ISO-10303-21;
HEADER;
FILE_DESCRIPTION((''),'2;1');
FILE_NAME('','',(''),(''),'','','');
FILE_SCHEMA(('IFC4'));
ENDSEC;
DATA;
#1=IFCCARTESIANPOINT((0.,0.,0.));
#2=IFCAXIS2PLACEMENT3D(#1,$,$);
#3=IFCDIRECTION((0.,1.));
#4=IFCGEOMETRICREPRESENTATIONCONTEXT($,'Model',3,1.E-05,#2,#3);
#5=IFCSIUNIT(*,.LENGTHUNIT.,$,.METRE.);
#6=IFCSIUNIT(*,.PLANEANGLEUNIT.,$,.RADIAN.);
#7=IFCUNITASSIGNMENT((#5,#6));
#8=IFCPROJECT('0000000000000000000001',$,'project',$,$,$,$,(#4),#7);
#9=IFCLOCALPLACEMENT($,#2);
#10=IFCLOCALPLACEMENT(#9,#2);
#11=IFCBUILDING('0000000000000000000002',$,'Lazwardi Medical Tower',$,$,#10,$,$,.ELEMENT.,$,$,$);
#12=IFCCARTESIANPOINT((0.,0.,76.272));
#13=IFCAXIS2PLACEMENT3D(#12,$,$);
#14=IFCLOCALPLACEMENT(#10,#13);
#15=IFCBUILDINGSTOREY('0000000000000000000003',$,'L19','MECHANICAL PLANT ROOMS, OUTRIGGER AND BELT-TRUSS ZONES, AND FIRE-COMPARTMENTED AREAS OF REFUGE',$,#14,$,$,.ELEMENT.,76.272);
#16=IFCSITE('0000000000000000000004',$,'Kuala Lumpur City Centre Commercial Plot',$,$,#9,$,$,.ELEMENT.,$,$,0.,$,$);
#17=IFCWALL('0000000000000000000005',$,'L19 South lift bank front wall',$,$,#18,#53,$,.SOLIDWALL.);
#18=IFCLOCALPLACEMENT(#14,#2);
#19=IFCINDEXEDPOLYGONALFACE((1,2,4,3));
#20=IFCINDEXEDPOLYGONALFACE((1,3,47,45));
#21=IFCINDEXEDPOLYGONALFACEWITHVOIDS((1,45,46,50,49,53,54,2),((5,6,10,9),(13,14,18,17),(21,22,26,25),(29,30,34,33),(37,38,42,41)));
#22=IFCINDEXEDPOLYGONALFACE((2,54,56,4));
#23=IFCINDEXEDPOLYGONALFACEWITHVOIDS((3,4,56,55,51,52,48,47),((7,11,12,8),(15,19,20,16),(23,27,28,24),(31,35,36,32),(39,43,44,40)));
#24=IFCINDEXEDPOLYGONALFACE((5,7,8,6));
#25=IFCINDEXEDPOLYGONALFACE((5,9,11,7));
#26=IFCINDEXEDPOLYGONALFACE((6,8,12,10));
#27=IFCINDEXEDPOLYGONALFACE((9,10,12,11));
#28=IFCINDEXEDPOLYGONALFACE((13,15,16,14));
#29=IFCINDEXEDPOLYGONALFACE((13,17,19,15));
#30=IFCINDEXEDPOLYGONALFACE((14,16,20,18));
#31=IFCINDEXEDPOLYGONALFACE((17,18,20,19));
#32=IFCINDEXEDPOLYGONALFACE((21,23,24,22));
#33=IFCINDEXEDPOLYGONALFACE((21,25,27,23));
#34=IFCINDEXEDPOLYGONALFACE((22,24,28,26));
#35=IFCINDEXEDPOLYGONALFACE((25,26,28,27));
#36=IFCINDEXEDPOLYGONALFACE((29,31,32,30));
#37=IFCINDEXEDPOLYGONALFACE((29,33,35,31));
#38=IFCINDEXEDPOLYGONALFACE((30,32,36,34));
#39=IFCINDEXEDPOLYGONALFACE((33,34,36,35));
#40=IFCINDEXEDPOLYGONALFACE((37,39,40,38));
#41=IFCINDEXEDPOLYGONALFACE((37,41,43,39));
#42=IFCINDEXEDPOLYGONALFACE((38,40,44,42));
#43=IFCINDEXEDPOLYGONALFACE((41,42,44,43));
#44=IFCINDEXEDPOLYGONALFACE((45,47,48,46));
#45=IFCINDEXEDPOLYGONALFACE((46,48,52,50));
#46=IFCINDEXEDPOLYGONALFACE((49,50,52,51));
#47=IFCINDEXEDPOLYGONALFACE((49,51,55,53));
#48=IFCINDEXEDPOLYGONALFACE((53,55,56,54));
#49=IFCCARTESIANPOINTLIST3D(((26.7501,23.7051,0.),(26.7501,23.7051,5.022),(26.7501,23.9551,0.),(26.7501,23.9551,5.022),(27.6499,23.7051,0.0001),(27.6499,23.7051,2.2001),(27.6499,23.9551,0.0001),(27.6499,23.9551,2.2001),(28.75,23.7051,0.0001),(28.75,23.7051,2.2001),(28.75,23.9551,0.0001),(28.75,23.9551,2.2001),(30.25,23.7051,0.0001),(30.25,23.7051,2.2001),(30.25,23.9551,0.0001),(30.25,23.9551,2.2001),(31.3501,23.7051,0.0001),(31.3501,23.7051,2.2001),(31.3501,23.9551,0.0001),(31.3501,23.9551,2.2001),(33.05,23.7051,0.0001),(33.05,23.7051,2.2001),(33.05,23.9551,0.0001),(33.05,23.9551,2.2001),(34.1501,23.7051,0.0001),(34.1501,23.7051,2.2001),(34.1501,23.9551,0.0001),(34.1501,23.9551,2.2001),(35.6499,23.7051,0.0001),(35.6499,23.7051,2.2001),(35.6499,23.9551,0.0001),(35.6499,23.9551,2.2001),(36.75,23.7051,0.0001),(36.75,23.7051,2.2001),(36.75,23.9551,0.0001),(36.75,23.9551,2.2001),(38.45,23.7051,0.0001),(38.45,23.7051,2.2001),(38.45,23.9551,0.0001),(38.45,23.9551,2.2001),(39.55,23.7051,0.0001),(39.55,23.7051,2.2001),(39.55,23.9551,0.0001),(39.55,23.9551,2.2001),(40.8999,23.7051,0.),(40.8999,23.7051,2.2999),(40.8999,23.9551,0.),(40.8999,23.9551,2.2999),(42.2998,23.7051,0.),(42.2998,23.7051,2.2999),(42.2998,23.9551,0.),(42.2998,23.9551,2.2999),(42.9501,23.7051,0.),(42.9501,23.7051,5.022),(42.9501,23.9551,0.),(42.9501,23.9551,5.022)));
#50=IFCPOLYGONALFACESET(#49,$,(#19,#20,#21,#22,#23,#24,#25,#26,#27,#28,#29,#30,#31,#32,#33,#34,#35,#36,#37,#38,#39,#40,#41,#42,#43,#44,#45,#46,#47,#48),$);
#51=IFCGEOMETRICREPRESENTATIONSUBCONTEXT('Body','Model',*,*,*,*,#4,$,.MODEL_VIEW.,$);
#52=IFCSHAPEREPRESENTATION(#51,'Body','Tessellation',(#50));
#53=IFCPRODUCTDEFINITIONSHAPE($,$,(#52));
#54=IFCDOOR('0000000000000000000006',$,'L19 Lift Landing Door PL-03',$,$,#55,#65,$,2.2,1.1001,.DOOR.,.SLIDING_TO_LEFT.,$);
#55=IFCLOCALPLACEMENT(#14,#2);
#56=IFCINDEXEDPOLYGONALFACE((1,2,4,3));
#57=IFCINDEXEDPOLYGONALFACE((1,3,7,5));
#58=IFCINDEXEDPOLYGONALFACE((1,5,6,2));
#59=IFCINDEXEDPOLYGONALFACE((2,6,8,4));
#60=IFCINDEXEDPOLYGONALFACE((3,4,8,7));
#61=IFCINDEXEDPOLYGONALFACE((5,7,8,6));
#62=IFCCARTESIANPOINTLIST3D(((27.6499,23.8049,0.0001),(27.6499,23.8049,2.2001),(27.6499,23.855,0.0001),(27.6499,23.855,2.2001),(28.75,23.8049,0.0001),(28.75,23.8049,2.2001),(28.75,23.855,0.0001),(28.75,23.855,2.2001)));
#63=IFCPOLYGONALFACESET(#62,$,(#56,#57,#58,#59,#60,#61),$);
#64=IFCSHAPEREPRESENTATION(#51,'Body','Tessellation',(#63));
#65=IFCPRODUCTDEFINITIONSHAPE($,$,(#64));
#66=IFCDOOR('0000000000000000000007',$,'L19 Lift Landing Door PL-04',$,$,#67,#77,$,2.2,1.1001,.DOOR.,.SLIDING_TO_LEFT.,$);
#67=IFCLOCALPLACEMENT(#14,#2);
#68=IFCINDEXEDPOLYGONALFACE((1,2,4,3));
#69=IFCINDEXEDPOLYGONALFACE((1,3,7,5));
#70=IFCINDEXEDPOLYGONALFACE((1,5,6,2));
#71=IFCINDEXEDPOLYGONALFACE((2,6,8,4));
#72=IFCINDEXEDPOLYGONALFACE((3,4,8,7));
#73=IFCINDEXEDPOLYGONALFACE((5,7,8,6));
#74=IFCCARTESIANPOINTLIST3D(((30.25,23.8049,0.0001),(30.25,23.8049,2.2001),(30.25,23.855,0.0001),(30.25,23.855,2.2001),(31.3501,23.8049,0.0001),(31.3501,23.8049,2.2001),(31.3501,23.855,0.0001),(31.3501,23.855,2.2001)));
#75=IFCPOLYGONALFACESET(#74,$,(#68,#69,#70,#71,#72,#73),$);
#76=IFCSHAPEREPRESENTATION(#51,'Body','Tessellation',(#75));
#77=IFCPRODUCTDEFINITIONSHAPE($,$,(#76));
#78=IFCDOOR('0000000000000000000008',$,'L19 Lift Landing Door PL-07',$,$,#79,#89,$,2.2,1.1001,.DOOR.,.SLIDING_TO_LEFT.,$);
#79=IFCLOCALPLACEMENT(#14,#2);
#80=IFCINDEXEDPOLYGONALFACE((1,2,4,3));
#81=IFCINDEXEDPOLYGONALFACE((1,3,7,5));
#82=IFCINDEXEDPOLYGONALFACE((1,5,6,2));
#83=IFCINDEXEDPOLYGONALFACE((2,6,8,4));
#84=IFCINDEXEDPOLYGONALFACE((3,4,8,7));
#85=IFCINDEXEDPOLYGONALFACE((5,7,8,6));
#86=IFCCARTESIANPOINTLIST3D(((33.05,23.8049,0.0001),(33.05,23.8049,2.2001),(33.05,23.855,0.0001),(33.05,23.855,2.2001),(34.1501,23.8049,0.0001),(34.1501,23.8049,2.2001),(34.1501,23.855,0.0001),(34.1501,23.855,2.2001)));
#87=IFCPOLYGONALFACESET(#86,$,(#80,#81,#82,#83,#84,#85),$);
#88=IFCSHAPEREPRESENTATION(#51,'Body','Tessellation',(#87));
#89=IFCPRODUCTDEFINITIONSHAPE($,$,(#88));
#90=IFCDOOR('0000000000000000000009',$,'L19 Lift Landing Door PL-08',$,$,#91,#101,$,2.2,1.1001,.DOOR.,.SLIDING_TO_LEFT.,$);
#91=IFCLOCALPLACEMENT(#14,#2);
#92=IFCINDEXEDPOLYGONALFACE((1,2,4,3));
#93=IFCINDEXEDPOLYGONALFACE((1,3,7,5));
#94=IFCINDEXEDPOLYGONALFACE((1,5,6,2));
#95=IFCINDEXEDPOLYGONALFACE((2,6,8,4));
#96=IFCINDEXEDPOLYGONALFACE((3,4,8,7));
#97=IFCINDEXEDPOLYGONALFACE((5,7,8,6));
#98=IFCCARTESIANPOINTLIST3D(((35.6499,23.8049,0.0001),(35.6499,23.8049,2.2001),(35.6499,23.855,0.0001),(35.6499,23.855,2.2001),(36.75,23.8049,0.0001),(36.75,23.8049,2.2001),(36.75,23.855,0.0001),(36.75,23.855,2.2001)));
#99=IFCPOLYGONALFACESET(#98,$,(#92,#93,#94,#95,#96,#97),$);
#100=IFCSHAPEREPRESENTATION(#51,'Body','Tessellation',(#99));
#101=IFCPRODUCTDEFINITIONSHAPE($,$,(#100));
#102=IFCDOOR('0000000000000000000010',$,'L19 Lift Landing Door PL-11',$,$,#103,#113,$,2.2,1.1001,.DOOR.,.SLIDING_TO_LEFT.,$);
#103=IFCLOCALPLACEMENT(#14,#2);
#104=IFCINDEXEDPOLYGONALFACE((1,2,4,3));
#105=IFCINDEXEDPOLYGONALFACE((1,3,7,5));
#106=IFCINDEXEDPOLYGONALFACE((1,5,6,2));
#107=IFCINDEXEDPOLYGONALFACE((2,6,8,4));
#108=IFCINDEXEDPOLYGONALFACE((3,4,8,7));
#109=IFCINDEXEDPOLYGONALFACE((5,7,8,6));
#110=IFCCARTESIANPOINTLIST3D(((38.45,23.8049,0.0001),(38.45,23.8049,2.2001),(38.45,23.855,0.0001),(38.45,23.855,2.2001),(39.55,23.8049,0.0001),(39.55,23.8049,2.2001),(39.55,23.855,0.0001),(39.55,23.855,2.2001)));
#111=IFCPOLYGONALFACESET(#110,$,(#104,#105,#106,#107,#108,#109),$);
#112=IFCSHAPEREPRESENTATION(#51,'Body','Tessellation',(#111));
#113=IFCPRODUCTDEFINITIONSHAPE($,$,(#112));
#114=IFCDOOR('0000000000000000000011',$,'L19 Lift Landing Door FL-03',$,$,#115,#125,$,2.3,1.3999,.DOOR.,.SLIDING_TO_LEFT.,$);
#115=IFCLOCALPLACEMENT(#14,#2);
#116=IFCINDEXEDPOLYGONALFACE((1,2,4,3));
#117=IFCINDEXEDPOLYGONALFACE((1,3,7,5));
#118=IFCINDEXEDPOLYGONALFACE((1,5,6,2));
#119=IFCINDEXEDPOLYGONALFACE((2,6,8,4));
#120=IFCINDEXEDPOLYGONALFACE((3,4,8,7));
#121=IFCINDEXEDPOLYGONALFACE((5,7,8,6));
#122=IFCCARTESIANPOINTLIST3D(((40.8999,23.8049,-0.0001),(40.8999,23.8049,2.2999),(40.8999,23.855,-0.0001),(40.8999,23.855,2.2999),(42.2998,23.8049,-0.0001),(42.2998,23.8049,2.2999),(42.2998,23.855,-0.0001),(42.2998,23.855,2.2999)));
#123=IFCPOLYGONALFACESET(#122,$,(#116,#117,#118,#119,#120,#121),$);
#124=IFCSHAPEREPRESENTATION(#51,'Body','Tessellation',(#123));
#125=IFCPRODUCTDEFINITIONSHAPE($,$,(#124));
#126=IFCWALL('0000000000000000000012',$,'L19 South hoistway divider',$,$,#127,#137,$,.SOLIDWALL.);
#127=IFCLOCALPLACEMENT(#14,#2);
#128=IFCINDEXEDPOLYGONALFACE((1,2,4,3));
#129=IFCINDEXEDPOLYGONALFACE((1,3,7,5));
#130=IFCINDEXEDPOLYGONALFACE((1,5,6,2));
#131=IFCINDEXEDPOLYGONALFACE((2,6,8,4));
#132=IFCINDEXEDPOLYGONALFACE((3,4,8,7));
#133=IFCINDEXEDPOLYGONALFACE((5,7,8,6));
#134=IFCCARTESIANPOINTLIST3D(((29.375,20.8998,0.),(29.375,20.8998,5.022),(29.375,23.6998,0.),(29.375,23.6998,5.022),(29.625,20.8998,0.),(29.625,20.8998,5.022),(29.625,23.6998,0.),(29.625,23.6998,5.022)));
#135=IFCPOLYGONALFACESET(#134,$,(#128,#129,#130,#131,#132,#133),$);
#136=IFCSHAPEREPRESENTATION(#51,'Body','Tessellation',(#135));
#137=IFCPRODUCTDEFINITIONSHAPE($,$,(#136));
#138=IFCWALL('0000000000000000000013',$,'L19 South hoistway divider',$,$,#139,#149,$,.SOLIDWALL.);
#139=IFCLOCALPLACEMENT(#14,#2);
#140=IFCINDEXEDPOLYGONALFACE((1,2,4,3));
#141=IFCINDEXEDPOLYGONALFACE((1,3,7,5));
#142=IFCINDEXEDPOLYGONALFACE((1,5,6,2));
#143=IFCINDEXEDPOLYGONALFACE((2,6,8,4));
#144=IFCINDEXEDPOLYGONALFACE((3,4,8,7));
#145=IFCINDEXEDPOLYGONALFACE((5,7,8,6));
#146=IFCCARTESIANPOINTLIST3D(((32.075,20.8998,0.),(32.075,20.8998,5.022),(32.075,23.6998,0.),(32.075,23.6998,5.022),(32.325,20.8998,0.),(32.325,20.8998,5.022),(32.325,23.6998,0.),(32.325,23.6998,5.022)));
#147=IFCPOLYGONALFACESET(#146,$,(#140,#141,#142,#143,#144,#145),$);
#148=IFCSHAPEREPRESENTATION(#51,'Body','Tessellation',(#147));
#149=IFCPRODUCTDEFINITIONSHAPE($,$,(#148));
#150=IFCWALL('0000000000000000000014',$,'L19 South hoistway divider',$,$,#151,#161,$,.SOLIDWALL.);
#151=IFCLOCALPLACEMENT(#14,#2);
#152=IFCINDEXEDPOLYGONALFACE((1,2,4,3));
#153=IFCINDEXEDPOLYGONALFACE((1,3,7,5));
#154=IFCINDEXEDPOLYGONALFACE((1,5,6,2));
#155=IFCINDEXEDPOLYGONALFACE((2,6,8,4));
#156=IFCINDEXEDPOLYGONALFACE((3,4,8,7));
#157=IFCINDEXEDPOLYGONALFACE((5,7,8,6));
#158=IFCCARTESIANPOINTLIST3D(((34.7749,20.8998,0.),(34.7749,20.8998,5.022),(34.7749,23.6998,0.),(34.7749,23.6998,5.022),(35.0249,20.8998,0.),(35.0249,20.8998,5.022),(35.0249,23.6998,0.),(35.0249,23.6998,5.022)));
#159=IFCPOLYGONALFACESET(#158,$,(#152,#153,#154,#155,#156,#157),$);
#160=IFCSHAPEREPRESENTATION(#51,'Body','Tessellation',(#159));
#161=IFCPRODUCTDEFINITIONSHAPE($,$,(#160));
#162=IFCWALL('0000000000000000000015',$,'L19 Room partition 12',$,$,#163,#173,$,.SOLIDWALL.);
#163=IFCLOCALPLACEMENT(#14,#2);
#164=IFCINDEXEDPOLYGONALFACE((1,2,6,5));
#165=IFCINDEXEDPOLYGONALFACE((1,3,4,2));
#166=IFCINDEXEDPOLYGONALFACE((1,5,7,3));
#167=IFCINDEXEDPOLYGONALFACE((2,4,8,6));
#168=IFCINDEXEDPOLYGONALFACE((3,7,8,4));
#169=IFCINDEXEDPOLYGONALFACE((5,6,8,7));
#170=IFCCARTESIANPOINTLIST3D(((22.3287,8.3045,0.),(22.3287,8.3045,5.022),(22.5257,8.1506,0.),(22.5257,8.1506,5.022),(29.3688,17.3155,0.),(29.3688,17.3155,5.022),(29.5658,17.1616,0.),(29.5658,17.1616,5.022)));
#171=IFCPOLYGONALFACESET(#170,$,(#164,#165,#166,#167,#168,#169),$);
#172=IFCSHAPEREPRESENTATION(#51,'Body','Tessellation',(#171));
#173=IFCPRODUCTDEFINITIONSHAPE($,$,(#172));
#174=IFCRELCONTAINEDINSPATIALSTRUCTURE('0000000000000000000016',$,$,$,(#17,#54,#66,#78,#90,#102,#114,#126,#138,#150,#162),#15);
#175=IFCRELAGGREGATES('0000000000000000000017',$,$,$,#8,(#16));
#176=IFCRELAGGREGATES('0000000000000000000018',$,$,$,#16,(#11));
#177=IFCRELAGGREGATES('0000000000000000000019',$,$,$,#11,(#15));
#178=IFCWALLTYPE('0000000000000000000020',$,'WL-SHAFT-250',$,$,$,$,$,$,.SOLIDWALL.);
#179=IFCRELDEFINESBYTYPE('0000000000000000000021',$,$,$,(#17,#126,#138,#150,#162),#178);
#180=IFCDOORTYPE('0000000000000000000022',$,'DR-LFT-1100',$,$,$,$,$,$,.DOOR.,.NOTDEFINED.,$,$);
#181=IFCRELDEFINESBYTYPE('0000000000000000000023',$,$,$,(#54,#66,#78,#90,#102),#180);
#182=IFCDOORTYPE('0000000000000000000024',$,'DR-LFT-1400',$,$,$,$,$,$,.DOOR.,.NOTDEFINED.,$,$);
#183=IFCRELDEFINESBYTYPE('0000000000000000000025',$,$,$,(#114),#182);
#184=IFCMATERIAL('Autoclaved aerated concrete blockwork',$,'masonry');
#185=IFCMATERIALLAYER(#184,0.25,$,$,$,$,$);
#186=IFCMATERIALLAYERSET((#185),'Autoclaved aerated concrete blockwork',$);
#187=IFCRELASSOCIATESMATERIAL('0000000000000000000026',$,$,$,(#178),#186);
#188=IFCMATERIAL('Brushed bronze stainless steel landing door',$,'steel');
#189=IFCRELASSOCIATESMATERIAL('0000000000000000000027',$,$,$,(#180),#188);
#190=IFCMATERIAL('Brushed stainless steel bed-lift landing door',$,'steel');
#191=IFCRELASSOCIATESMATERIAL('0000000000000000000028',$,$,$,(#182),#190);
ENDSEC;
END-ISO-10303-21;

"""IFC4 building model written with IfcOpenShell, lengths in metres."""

from ifc_helpers import new_model, si_unit, direction, frame, frame_2d, origin, place, context, subcontext, project, spatial, rectangle, extrude, material, layer, layer_set, type_object, element, fill, save


model = new_model("IFC4")

# Units and contexts
model_context = context("Model", 3, precision=1e-05, world=origin(), true_north=direction((0.0, 1.0)))
body_context = subcontext(model_context, "Body", "Model", "MODEL_VIEW")
ifc_project = project(units=[si_unit("LENGTHUNIT", "METRE"), si_unit("PLANEANGLEUNIT", "RADIAN")], contexts=[model_context])

# Site, building, storey
site_placement = place(None, origin())
site = spatial("IfcSite", under=ifc_project, at=site_placement, Name="Kuala Lumpur City Centre Commercial Plot", CompositionType="ELEMENT", RefElevation=0.0)
building_placement = place(site_placement, origin())
building = spatial("IfcBuilding", under=site, at=building_placement, Name="Lazwardi Medical Tower", CompositionType="ELEMENT")
storey_placement = place(building_placement, frame((0.0, 0.0, 76.272)))
storey = spatial("IfcBuildingStorey", under=building, at=storey_placement, Name="L19", Description="MECHANICAL PLANT ROOMS, OUTRIGGER AND BELT-TRUSS ZONES, AND FIRE-COMPARTMENTED AREAS OF REFUGE", CompositionType="ELEMENT", Elevation=76.272)

# Wall, openings, doors
ifc_material_1 = material(Name="Autoclaved aerated concrete blockwork", Category="masonry")
ifc_layer_1 = layer(ifc_material_1, 0.25)
ifc_layer_set_1 = layer_set([ifc_layer_1], Name="Autoclaved aerated concrete blockwork")
wall_type_1 = type_object("IfcWallType", Name="WL-SHAFT-250", PredefinedType="SOLIDWALL", material=ifc_layer_set_1)
wall_1_placement = place(storey_placement, frame((26.75, 23.8301, 0.0), z_axis=(0.0, 0.0, 1.0), x_axis=(1.0, 0.0, 0.0)))
wall_1 = element("IfcWall", 1, at=wall_1_placement, inside=storey, type_object=wall_type_1, Name="L19 South lift bank front wall", PredefinedType="SOLIDWALL", context=body_context, shape_type="SweptSolid", body=[
    extrude(rectangle(XDim=16.2, YDim=0.25, at=frame_2d((8.1001, 0.0))), origin(), (0.0, 0.0, 1.0), 5.022),
])
opening_1_placement = place(wall_1_placement, frame((0.8999, 0.0, 0.0)))
opening_1 = element("IfcOpeningElement", 2, at=opening_1_placement, cuts=wall_1, PredefinedType="OPENING", context=body_context, shape_type="SweptSolid", body=[
    extrude(rectangle(XDim=1.1001, YDim=2.2, at=frame_2d((0.55, 1.1001))), frame((0.0, 0.135, 0.0), z_axis=(0.0, -1.0, 0.0), x_axis=(1.0, 0.0, 0.0)), (0.0, 0.0, 1.0), 0.27),
])
opening_2_placement = place(wall_1_placement, frame((3.5, 0.0, 0.0)))
opening_2 = element("IfcOpeningElement", 3, at=opening_2_placement, cuts=wall_1, PredefinedType="OPENING", context=body_context, shape_type="SweptSolid", body=[
    extrude(rectangle(XDim=1.1001, YDim=2.2, at=frame_2d((0.55, 1.1001))), frame((0.0, 0.135, 0.0), z_axis=(0.0, -1.0, 0.0), x_axis=(1.0, 0.0, 0.0)), (0.0, 0.0, 1.0), 0.27),
])
opening_3_placement = place(wall_1_placement, frame((6.3, 0.0, 0.0)))
opening_3 = element("IfcOpeningElement", 4, at=opening_3_placement, cuts=wall_1, PredefinedType="OPENING", context=body_context, shape_type="SweptSolid", body=[
    extrude(rectangle(XDim=1.1001, YDim=2.2, at=frame_2d((0.55, 1.1001))), frame((0.0, 0.135, 0.0), z_axis=(0.0, -1.0, 0.0), x_axis=(1.0, 0.0, 0.0)), (0.0, 0.0, 1.0), 0.27),
])
opening_4_placement = place(wall_1_placement, frame((8.8999, 0.0, 0.0)))
opening_4 = element("IfcOpeningElement", 5, at=opening_4_placement, cuts=wall_1, PredefinedType="OPENING", context=body_context, shape_type="SweptSolid", body=[
    extrude(rectangle(XDim=1.1001, YDim=2.2, at=frame_2d((0.55, 1.1001))), frame((0.0, 0.135, 0.0), z_axis=(0.0, -1.0, 0.0), x_axis=(1.0, 0.0, 0.0)), (0.0, 0.0, 1.0), 0.27),
])
opening_5_placement = place(wall_1_placement, frame((11.7, 0.0, 0.0)))
opening_5 = element("IfcOpeningElement", 6, at=opening_5_placement, cuts=wall_1, PredefinedType="OPENING", context=body_context, shape_type="SweptSolid", body=[
    extrude(rectangle(XDim=1.1001, YDim=2.2, at=frame_2d((0.55, 1.1001))), frame((0.0, 0.135, 0.0), z_axis=(0.0, -1.0, 0.0), x_axis=(1.0, 0.0, 0.0)), (0.0, 0.0, 1.0), 0.27),
])
opening_6_placement = place(wall_1_placement, frame((14.1499, 0.0, 0.0)))
opening_6 = element("IfcOpeningElement", 7, at=opening_6_placement, cuts=wall_1, PredefinedType="OPENING", context=body_context, shape_type="SweptSolid", body=[
    extrude(rectangle(XDim=1.3999, YDim=2.3, at=frame_2d((0.7, 1.1499))), frame((0.0, 0.135, 0.0), z_axis=(0.0, -1.0, 0.0), x_axis=(1.0, 0.0, 0.0)), (0.0, 0.0, 1.0), 0.27),
])
ifc_material_2 = material(Name="Brushed bronze stainless steel landing door", Category="steel")
door_type_1 = type_object("IfcDoorType", Name="DR-LFT-1100", OperationType="NOTDEFINED", PredefinedType="DOOR", material=ifc_material_2)
door_1_placement = place(opening_1_placement, origin())
door_1 = element("IfcDoor", 8, at=door_1_placement, inside=storey, type_object=door_type_1, Name="L19 Lift Landing Door PL-03", OperationType="SLIDING_TO_LEFT", OverallHeight=2.2, OverallWidth=1.1001, PredefinedType="DOOR", context=body_context, shape_type="SweptSolid", body=[
    extrude(rectangle(XDim=1.1001, YDim=2.2, at=frame_2d((0.55, 1.1001))), frame((0.0, 0.0249, 0.0), z_axis=(0.0, -1.0, 0.0), x_axis=(1.0, 0.0, 0.0)), (0.0, 0.0, 1.0), 0.05),
])
fill(opening_1, door_1)
door_2_placement = place(opening_2_placement, origin())
door_2 = element("IfcDoor", 9, at=door_2_placement, inside=storey, type_object=door_type_1, Name="L19 Lift Landing Door PL-04", OperationType="SLIDING_TO_LEFT", OverallHeight=2.2, OverallWidth=1.1001, PredefinedType="DOOR", context=body_context, shape_type="SweptSolid", body=[
    extrude(rectangle(XDim=1.1001, YDim=2.2, at=frame_2d((0.55, 1.1001))), frame((0.0, 0.0249, 0.0), z_axis=(0.0, -1.0, 0.0), x_axis=(1.0, 0.0, 0.0)), (0.0, 0.0, 1.0), 0.05),
])
fill(opening_2, door_2)
door_3_placement = place(opening_3_placement, origin())
door_3 = element("IfcDoor", 10, at=door_3_placement, inside=storey, type_object=door_type_1, Name="L19 Lift Landing Door PL-07", OperationType="SLIDING_TO_LEFT", OverallHeight=2.2, OverallWidth=1.1001, PredefinedType="DOOR", context=body_context, shape_type="SweptSolid", body=[
    extrude(rectangle(XDim=1.1001, YDim=2.2, at=frame_2d((0.55, 1.1001))), frame((0.0, 0.0249, 0.0), z_axis=(0.0, -1.0, 0.0), x_axis=(1.0, 0.0, 0.0)), (0.0, 0.0, 1.0), 0.05),
])
fill(opening_3, door_3)
door_4_placement = place(opening_4_placement, origin())
door_4 = element("IfcDoor", 11, at=door_4_placement, inside=storey, type_object=door_type_1, Name="L19 Lift Landing Door PL-08", OperationType="SLIDING_TO_LEFT", OverallHeight=2.2, OverallWidth=1.1001, PredefinedType="DOOR", context=body_context, shape_type="SweptSolid", body=[
    extrude(rectangle(XDim=1.1001, YDim=2.2, at=frame_2d((0.55, 1.1001))), frame((0.0, 0.0249, 0.0), z_axis=(0.0, -1.0, 0.0), x_axis=(1.0, 0.0, 0.0)), (0.0, 0.0, 1.0), 0.05),
])
fill(opening_4, door_4)
door_5_placement = place(opening_5_placement, origin())
door_5 = element("IfcDoor", 12, at=door_5_placement, inside=storey, type_object=door_type_1, Name="L19 Lift Landing Door PL-11", OperationType="SLIDING_TO_LEFT", OverallHeight=2.2, OverallWidth=1.1001, PredefinedType="DOOR", context=body_context, shape_type="SweptSolid", body=[
    extrude(rectangle(XDim=1.1001, YDim=2.2, at=frame_2d((0.55, 1.1001))), frame((0.0, 0.0249, 0.0), z_axis=(0.0, -1.0, 0.0), x_axis=(1.0, 0.0, 0.0)), (0.0, 0.0, 1.0), 0.05),
])
fill(opening_5, door_5)
ifc_material_3 = material(Name="Brushed stainless steel bed-lift landing door", Category="steel")
door_type_2 = type_object("IfcDoorType", Name="DR-LFT-1400", OperationType="NOTDEFINED", PredefinedType="DOOR", material=ifc_material_3)
door_6_placement = place(opening_6_placement, origin())
door_6 = element("IfcDoor", 13, at=door_6_placement, inside=storey, type_object=door_type_2, Name="L19 Lift Landing Door FL-03", OperationType="SLIDING_TO_LEFT", OverallHeight=2.3, OverallWidth=1.3999, PredefinedType="DOOR", context=body_context, shape_type="SweptSolid", body=[
    extrude(rectangle(XDim=1.3999, YDim=2.3, at=frame_2d((0.7, 1.1499))), frame((0.0, 0.0249, 0.0), z_axis=(0.0, -1.0, 0.0), x_axis=(1.0, 0.0, 0.0)), (0.0, 0.0, 1.0), 0.05),
])
fill(opening_6, door_6)

# Walls
for number, where, z_axis, x_axis, name in (
    (14, (29.5, 20.8999, 0.0), (0.0, 0.0, 1.0), (0.0, 1.0, 0.0), "L19 South hoistway divider"),
    (15, (32.2, 20.8999, 0.0), (0.0, 0.0, 1.0), (0.0, 1.0, 0.0), "L19 South hoistway divider"),
    (16, (34.8999, 20.8999, 0.0), (0.0, 0.0, 1.0), (0.0, 1.0, 0.0), "L19 South hoistway divider"),
):
    element("IfcWall", number, at=place(storey_placement, frame(where, z_axis=z_axis, x_axis=x_axis)), inside=storey, type_object=wall_type_1, Name=name, PredefinedType="SOLIDWALL", context=body_context, shape_type="SweptSolid", body=[
        extrude(rectangle(XDim=2.8, YDim=0.25, at=frame_2d((1.3999, 0.0))), origin(), (0.0, 0.0, 1.0), 5.022),
    ])
wall_2_placement = place(storey_placement, frame((29.4673, 17.2385, 0.0), z_axis=(0.0, 0.0, 1.0), x_axis=(-0.615655, -0.788016, 0.0)))
element("IfcWall", 17, at=wall_2_placement, inside=storey, type_object=wall_type_1, Name="L19 Room partition 12", PredefinedType="SOLIDWALL", context=body_context, shape_type="SweptSolid", body=[
    extrude(rectangle(XDim=11.4351, YDim=0.25, at=frame_2d((5.7175, 0.0))), origin(), (0.0, 0.0, 1.0), 5.022),
])

save(model, "model.ifc")
